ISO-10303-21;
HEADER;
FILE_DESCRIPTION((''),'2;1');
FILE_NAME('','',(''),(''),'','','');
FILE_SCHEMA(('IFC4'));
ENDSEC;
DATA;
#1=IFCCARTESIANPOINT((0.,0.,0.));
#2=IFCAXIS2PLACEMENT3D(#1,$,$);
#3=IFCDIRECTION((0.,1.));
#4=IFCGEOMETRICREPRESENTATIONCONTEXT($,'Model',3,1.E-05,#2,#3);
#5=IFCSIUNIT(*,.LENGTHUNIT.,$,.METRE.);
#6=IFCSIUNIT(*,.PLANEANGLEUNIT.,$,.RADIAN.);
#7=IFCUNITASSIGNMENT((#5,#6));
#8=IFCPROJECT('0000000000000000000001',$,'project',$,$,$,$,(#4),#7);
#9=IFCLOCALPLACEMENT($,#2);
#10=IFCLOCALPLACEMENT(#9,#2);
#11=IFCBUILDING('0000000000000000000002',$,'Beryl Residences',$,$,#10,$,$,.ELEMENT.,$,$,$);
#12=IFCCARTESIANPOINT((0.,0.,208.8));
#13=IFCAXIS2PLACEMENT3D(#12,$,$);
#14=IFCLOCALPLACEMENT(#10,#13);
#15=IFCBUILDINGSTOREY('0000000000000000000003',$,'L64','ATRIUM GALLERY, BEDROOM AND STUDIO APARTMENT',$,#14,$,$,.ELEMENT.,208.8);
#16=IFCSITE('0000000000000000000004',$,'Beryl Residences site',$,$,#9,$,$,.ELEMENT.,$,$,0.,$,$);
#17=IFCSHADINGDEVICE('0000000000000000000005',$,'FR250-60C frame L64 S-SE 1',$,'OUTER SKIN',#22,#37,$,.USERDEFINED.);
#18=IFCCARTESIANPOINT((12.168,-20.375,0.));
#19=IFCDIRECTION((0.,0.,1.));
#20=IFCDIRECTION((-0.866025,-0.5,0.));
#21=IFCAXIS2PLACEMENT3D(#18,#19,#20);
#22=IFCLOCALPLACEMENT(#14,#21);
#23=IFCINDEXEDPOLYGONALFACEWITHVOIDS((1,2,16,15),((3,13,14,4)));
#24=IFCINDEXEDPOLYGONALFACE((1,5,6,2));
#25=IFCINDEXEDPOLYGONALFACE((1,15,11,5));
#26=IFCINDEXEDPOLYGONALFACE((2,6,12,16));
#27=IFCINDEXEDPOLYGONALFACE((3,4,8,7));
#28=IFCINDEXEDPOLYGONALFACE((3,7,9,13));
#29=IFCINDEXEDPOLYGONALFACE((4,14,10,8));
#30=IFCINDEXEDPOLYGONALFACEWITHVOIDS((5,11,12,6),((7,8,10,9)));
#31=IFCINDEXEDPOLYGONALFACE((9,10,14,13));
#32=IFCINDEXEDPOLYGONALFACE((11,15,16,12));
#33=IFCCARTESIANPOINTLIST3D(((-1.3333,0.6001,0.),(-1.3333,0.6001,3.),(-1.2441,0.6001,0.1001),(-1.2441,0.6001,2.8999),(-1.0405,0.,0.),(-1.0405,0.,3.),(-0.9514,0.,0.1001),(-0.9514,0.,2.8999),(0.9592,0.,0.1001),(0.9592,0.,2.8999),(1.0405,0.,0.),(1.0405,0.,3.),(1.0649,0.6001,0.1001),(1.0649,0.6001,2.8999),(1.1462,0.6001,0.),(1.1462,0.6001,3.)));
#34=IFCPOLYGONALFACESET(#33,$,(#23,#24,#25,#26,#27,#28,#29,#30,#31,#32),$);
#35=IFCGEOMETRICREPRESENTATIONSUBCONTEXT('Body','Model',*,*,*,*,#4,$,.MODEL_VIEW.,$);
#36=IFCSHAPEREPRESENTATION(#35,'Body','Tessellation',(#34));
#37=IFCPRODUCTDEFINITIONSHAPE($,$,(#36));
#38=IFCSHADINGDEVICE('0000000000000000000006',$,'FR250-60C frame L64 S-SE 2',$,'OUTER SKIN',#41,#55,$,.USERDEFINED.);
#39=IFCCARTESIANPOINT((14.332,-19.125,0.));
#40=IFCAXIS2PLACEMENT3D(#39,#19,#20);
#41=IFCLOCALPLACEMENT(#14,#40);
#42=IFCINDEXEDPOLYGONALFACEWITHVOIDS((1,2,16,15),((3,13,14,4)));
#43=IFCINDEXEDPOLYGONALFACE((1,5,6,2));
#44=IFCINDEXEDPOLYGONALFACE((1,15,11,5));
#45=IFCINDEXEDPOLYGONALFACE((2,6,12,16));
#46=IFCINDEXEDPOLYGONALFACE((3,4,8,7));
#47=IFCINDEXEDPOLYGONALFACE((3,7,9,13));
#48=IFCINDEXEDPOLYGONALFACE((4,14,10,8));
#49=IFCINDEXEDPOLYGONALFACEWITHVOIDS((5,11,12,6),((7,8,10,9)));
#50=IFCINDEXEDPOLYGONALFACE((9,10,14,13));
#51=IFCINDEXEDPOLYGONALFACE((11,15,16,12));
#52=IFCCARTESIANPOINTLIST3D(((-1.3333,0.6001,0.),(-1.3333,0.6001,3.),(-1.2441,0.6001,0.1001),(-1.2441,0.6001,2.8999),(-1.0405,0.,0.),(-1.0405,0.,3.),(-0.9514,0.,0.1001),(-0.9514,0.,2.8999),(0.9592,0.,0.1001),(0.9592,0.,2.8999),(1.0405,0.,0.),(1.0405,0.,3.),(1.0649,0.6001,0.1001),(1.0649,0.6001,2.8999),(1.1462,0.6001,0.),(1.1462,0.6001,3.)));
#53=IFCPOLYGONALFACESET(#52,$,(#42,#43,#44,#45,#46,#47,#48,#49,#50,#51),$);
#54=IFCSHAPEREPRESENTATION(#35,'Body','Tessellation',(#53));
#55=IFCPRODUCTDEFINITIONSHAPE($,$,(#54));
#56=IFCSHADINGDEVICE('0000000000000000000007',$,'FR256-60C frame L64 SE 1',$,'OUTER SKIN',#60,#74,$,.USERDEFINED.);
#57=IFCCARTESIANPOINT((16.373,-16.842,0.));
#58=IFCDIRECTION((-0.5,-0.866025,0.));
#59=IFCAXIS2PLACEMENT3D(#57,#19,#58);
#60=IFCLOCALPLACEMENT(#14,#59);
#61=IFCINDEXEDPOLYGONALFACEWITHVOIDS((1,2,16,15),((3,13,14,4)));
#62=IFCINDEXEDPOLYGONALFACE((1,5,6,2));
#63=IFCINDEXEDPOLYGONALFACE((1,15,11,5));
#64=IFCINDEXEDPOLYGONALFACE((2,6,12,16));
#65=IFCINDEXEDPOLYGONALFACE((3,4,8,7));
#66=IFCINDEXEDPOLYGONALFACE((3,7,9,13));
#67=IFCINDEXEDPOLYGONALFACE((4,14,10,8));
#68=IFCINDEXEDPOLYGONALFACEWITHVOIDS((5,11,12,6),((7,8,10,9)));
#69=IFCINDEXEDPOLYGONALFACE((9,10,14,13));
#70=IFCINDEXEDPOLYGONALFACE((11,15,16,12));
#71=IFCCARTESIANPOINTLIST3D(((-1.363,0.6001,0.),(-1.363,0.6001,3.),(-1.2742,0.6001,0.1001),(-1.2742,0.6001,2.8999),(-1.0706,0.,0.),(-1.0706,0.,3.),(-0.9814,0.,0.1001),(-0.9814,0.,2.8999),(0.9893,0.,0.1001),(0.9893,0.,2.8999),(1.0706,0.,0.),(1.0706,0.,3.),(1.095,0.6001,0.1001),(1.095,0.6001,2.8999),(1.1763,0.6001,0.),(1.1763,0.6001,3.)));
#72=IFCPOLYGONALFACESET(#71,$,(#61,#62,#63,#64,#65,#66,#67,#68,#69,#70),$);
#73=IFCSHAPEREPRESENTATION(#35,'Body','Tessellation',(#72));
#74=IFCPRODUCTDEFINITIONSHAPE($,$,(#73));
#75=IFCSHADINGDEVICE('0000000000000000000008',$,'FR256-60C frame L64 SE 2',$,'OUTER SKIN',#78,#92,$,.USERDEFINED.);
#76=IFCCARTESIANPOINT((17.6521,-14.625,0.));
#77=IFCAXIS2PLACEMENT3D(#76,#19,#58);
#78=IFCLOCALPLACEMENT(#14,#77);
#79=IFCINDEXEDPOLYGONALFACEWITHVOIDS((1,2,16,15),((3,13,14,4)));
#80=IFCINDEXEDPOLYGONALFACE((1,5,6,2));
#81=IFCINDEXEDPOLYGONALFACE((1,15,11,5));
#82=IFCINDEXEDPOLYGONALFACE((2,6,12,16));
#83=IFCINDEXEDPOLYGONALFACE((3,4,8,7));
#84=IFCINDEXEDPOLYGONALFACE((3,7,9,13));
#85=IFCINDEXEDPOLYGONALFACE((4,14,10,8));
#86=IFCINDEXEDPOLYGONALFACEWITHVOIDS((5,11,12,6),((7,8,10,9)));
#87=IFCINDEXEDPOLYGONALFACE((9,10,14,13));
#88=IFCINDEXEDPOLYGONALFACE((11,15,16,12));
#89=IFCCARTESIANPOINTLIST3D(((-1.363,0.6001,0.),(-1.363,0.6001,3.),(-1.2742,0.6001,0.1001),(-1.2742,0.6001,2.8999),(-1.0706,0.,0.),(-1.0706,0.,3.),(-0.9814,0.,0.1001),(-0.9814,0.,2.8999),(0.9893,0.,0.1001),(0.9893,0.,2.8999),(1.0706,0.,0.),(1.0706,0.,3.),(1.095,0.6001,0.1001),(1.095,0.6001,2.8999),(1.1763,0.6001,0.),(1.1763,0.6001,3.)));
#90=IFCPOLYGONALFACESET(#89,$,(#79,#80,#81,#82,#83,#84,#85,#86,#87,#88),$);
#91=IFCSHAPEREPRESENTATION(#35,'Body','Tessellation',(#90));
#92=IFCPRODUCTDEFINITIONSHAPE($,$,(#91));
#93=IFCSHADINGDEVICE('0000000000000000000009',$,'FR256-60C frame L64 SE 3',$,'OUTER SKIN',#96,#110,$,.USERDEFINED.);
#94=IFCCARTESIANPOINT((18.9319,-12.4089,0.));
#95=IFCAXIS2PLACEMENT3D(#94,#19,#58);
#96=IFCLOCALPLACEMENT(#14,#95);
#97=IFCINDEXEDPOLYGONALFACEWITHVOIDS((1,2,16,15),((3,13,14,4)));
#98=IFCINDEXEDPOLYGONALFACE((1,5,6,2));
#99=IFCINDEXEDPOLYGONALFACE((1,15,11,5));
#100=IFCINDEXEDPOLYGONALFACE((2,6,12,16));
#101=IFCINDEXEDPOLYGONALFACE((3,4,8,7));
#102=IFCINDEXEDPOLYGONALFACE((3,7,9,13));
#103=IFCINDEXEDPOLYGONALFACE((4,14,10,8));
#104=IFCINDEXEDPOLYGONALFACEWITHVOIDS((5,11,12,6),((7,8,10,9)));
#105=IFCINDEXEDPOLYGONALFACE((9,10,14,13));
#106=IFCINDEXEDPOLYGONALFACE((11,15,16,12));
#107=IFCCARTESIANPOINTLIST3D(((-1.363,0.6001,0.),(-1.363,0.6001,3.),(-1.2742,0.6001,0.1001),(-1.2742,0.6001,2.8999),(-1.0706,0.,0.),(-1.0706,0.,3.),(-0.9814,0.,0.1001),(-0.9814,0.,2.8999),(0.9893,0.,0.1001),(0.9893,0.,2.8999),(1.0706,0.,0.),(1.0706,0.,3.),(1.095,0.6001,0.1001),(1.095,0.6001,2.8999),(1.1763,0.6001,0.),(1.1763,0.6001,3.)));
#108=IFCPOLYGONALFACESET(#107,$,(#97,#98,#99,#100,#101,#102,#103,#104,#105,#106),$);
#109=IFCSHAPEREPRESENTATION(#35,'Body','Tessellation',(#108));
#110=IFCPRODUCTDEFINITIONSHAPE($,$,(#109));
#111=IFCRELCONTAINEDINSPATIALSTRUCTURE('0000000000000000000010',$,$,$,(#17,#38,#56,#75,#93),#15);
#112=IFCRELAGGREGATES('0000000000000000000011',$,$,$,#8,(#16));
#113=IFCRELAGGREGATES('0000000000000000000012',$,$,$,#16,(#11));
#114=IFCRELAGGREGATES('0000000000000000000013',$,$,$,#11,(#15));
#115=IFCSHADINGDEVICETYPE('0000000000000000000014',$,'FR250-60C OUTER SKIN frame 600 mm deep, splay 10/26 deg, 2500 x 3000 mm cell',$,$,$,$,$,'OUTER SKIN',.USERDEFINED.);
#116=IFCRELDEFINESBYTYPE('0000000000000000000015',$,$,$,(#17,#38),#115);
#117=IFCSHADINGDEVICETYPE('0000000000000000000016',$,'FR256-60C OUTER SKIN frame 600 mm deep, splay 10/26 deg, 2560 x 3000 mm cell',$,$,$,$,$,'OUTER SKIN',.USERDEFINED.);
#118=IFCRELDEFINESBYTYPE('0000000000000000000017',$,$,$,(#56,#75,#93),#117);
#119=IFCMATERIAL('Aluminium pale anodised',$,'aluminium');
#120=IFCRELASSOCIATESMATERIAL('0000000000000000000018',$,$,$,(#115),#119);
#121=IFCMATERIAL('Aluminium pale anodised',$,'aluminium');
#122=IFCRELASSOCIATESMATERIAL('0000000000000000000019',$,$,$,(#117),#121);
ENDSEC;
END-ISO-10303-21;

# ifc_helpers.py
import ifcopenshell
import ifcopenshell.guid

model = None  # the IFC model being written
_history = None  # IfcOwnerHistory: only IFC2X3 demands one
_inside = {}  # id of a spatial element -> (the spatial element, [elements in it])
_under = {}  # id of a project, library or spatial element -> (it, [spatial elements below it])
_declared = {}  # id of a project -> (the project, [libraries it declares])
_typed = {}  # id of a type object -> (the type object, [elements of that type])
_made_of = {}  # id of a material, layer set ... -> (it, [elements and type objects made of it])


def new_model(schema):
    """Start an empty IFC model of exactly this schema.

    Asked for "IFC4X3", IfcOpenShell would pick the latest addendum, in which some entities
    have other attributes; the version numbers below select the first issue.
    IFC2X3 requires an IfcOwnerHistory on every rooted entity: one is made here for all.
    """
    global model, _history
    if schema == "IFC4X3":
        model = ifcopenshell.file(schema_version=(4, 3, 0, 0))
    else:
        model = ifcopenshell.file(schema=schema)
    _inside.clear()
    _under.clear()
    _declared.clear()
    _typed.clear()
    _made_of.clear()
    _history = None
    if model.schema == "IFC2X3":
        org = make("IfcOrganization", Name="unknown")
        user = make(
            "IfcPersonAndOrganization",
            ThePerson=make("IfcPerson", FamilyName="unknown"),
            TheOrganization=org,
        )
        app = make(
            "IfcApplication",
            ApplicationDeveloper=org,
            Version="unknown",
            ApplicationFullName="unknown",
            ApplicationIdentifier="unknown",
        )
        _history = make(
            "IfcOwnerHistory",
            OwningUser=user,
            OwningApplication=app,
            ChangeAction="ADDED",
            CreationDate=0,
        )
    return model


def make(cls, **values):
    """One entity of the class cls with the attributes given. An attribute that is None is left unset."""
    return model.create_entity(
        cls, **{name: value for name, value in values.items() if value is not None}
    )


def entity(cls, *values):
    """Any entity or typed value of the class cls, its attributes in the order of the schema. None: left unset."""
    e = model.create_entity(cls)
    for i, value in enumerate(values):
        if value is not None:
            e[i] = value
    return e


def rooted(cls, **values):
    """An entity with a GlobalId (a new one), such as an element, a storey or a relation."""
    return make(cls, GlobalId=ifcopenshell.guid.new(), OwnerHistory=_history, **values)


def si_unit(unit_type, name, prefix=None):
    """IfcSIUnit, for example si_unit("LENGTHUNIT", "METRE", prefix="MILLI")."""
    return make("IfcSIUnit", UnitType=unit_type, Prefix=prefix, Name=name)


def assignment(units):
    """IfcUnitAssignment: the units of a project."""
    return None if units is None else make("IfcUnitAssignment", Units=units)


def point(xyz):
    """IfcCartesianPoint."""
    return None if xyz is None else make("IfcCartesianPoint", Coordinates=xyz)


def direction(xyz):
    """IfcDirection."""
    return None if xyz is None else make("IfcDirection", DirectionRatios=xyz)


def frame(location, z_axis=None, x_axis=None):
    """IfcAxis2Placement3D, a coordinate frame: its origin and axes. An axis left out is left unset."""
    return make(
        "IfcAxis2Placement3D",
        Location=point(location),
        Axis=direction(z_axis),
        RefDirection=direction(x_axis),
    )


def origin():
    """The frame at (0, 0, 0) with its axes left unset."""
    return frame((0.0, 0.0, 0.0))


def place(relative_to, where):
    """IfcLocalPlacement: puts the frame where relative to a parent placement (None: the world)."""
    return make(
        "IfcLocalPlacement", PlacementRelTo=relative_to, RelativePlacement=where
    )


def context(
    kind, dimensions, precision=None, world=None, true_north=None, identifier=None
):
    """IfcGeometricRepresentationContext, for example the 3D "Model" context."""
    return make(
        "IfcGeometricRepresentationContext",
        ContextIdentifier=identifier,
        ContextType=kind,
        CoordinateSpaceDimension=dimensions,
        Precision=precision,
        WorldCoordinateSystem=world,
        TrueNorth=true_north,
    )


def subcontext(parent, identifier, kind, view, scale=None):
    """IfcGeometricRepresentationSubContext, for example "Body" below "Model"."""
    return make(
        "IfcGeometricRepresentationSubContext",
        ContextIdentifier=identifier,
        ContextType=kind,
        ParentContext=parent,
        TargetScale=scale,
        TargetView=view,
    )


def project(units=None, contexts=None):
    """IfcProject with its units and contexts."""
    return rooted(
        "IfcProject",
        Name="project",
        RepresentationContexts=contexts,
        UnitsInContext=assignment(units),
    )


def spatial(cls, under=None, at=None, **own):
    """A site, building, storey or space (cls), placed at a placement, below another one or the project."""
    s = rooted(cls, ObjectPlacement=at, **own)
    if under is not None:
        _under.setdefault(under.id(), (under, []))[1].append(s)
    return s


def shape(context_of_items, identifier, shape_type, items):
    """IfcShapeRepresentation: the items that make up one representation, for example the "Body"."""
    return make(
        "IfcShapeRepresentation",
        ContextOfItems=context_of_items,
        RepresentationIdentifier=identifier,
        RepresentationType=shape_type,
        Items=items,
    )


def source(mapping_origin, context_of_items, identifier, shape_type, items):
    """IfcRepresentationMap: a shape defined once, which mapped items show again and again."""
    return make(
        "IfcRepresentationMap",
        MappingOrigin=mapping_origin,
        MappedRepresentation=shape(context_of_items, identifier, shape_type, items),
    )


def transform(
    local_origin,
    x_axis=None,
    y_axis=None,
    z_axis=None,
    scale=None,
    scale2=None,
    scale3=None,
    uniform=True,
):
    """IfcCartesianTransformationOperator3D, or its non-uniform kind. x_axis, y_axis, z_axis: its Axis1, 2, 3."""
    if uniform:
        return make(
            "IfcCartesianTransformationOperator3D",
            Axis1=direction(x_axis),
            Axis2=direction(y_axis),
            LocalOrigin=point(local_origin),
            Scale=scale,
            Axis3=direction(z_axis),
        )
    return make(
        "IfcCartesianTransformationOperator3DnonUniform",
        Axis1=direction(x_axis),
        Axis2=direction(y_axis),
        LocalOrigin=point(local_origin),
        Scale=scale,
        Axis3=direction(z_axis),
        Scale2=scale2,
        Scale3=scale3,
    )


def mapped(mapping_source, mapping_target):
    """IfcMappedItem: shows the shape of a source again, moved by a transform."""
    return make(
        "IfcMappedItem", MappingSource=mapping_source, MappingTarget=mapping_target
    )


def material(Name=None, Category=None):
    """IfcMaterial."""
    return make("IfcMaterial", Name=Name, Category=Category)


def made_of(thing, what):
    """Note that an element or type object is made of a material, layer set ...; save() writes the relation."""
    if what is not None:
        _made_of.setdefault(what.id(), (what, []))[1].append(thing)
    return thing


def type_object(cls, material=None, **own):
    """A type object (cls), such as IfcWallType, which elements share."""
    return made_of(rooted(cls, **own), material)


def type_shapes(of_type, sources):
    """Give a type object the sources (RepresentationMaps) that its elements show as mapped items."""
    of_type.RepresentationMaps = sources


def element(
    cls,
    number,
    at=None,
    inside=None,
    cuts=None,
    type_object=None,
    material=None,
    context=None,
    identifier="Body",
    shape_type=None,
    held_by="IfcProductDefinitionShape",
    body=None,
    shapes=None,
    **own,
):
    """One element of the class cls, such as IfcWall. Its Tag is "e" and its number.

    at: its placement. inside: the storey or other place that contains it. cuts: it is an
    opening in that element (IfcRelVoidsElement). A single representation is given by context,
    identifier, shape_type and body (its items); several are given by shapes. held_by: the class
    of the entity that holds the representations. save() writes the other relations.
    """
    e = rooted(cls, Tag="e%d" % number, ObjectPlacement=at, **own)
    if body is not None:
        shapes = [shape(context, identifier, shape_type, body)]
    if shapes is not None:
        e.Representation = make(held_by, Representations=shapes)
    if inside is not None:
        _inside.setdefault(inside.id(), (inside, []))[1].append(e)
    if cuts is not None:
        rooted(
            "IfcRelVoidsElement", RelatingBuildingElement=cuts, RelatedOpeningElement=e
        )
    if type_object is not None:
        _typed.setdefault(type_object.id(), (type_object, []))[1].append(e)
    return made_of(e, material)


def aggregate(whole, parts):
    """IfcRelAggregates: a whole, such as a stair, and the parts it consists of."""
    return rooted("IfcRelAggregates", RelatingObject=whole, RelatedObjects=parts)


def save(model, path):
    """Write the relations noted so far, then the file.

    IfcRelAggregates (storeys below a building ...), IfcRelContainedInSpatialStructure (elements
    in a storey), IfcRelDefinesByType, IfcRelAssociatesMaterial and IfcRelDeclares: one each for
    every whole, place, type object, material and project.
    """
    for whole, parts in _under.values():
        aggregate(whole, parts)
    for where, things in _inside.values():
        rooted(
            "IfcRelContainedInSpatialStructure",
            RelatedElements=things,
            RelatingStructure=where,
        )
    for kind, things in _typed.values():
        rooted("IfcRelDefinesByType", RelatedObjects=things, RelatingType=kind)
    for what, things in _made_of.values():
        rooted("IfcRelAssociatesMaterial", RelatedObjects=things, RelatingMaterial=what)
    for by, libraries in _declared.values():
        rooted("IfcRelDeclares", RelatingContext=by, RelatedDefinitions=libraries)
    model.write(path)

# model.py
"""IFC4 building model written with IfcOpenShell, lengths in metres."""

from ifc_helpers import new_model, entity, si_unit, direction, frame, origin, place, context, subcontext, project, spatial, source, transform, mapped, material, type_object, type_shapes, element, save


model = new_model("IFC4")

# Units and contexts
model_context = context("Model", 3, precision=1e-05, world=origin(), true_north=direction((0.0, 1.0)))
body_context = subcontext(model_context, "Body", "Model", "MODEL_VIEW")
ifc_project = project(units=[si_unit("LENGTHUNIT", "METRE"), si_unit("PLANEANGLEUNIT", "RADIAN")], contexts=[model_context])

# Site, building, storey
site_placement = place(None, origin())
site = spatial("IfcSite", under=ifc_project, at=site_placement, Name="Beryl Residences site", CompositionType="ELEMENT", RefElevation=0.0)
building_placement = place(site_placement, origin())
building = spatial("IfcBuilding", under=site, at=building_placement, Name="Beryl Residences", CompositionType="ELEMENT")
storey_placement = place(building_placement, frame((0.0, 0.0, 208.8)))
storey = spatial("IfcBuildingStorey", under=building, at=storey_placement, Name="L64", Description="ATRIUM GALLERY, BEDROOM AND STUDIO APARTMENT", CompositionType="ELEMENT", Elevation=208.8)

# Shading devices
ifc_material_1 = material(Name="Aluminium pale anodised", Category="aluminium")
shading_device_type_1 = type_object("IfcShadingDeviceType", Name="FR250-60C OUTER SKIN frame 600 mm deep, splay 10/26 deg, 2500 x 3000 mm cell", ElementType="OUTER SKIN", PredefinedType="USERDEFINED", material=ifc_material_1)
cartesian_point_1 = entity("IfcCartesianPoint", [-1.0405, 0.0])
cartesian_point_2 = entity("IfcCartesianPoint", [-0.9592, 0.1001])
cartesian_point_3 = entity("IfcCartesianPoint", [-1.1462, 0.0])
cartesian_point_4 = entity("IfcCartesianPoint", [-1.0649, 0.1001])
shared_shape_1 = source(origin(), body_context, "Body", "SweptSolid", [
    entity("IfcExtrudedAreaSolidTapered", entity("IfcArbitraryProfileDefWithVoids", "AREA", None, entity("IfcPolyline", [cartesian_point_1, entity("IfcCartesianPoint", [1.0405, 0.0]), entity("IfcCartesianPoint", [1.0405, 3.0]), entity("IfcCartesianPoint", [-1.0405, 3.0]), cartesian_point_1]), [entity("IfcPolyline", [cartesian_point_2, entity("IfcCartesianPoint", [0.9514, 0.1001]), entity("IfcCartesianPoint", [0.9514, 2.8999]), entity("IfcCartesianPoint", [-0.9592, 2.8999]), cartesian_point_2])]), entity("IfcAxis2Placement3D", entity("IfcCartesianPoint", [0.0, 0.0, 0.0]), entity("IfcDirection", [0.0, 1.0, 0.0]), entity("IfcDirection", [-1.0, 0.0, 0.0])), entity("IfcDirection", [0.0, 0.0, 1.0]), 0.6001, entity("IfcArbitraryProfileDefWithVoids", "AREA", None, entity("IfcPolyline", [cartesian_point_3, entity("IfcCartesianPoint", [1.3333, 0.0]), entity("IfcCartesianPoint", [1.3333, 3.0]), entity("IfcCartesianPoint", [-1.1462, 3.0]), cartesian_point_3]), [entity("IfcPolyline", [cartesian_point_4, entity("IfcCartesianPoint", [1.2441, 0.1001]), entity("IfcCartesianPoint", [1.2441, 2.8999]), entity("IfcCartesianPoint", [-1.0649, 2.8999]), cartesian_point_4])])),
])
type_shapes(shading_device_type_1, [shared_shape_1])
for number, where, z_axis, x_axis, name in (
    (1, (12.168, -20.375, 0.0), (0.0, 0.0, 1.0), (-0.866025, -0.5, 0.0), "FR250-60C frame L64 S-SE 1"),
    (2, (14.332, -19.125, 0.0), (0.0, 0.0, 1.0), (-0.866025, -0.5, 0.0), "FR250-60C frame L64 S-SE 2"),
):
    element("IfcShadingDevice", number, at=place(storey_placement, frame(where, z_axis=z_axis, x_axis=x_axis)), inside=storey, type_object=shading_device_type_1, Name=name, ObjectType="OUTER SKIN", PredefinedType="USERDEFINED", context=body_context, shape_type="MappedRepresentation", body=[
        mapped(shared_shape_1, transform((0.0, 0.0, 0.0))),
    ])
ifc_material_2 = material(Name="Aluminium pale anodised", Category="aluminium")
shading_device_type_2 = type_object("IfcShadingDeviceType", Name="FR256-60C OUTER SKIN frame 600 mm deep, splay 10/26 deg, 2560 x 3000 mm cell", ElementType="OUTER SKIN", PredefinedType="USERDEFINED", material=ifc_material_2)
cartesian_point_5 = entity("IfcCartesianPoint", [-1.0706, 0.0])
cartesian_point_6 = entity("IfcCartesianPoint", [-0.9893, 0.1001])
cartesian_point_7 = entity("IfcCartesianPoint", [-1.1763, 0.0])
cartesian_point_8 = entity("IfcCartesianPoint", [-1.095, 0.1001])
shared_shape_2 = source(origin(), body_context, "Body", "SweptSolid", [
    entity("IfcExtrudedAreaSolidTapered", entity("IfcArbitraryProfileDefWithVoids", "AREA", None, entity("IfcPolyline", [cartesian_point_5, entity("IfcCartesianPoint", [1.0706, 0.0]), entity("IfcCartesianPoint", [1.0706, 3.0]), entity("IfcCartesianPoint", [-1.0706, 3.0]), cartesian_point_5]), [entity("IfcPolyline", [cartesian_point_6, entity("IfcCartesianPoint", [0.9814, 0.1001]), entity("IfcCartesianPoint", [0.9814, 2.8999]), entity("IfcCartesianPoint", [-0.9893, 2.8999]), cartesian_point_6])]), entity("IfcAxis2Placement3D", entity("IfcCartesianPoint", [0.0, 0.0, 0.0]), entity("IfcDirection", [0.0, 1.0, 0.0]), entity("IfcDirection", [-1.0, 0.0, 0.0])), entity("IfcDirection", [0.0, 0.0, 1.0]), 0.6001, entity("IfcArbitraryProfileDefWithVoids", "AREA", None, entity("IfcPolyline", [cartesian_point_7, entity("IfcCartesianPoint", [1.363, 0.0]), entity("IfcCartesianPoint", [1.363, 3.0]), entity("IfcCartesianPoint", [-1.1763, 3.0]), cartesian_point_7]), [entity("IfcPolyline", [cartesian_point_8, entity("IfcCartesianPoint", [1.2742, 0.1001]), entity("IfcCartesianPoint", [1.2742, 2.8999]), entity("IfcCartesianPoint", [-1.095, 2.8999]), cartesian_point_8])])),
])
type_shapes(shading_device_type_2, [shared_shape_2])
for number, where, z_axis, x_axis, name in (
    (3, (16.373, -16.842, 0.0), (0.0, 0.0, 1.0), (-0.5, -0.866025, 0.0), "FR256-60C frame L64 SE 1"),
    (4, (17.6521, -14.625, 0.0), (0.0, 0.0, 1.0), (-0.5, -0.866025, 0.0), "FR256-60C frame L64 SE 2"),
    (5, (18.9319, -12.4089, 0.0), (0.0, 0.0, 1.0), (-0.5, -0.866025, 0.0), "FR256-60C frame L64 SE 3"),
):
    element("IfcShadingDevice", number, at=place(storey_placement, frame(where, z_axis=z_axis, x_axis=x_axis)), inside=storey, type_object=shading_device_type_2, Name=name, ObjectType="OUTER SKIN", PredefinedType="USERDEFINED", context=body_context, shape_type="MappedRepresentation", body=[
        mapped(shared_shape_2, transform((0.0, 0.0, 0.0))),
    ])

save(model, "model.ifc")
